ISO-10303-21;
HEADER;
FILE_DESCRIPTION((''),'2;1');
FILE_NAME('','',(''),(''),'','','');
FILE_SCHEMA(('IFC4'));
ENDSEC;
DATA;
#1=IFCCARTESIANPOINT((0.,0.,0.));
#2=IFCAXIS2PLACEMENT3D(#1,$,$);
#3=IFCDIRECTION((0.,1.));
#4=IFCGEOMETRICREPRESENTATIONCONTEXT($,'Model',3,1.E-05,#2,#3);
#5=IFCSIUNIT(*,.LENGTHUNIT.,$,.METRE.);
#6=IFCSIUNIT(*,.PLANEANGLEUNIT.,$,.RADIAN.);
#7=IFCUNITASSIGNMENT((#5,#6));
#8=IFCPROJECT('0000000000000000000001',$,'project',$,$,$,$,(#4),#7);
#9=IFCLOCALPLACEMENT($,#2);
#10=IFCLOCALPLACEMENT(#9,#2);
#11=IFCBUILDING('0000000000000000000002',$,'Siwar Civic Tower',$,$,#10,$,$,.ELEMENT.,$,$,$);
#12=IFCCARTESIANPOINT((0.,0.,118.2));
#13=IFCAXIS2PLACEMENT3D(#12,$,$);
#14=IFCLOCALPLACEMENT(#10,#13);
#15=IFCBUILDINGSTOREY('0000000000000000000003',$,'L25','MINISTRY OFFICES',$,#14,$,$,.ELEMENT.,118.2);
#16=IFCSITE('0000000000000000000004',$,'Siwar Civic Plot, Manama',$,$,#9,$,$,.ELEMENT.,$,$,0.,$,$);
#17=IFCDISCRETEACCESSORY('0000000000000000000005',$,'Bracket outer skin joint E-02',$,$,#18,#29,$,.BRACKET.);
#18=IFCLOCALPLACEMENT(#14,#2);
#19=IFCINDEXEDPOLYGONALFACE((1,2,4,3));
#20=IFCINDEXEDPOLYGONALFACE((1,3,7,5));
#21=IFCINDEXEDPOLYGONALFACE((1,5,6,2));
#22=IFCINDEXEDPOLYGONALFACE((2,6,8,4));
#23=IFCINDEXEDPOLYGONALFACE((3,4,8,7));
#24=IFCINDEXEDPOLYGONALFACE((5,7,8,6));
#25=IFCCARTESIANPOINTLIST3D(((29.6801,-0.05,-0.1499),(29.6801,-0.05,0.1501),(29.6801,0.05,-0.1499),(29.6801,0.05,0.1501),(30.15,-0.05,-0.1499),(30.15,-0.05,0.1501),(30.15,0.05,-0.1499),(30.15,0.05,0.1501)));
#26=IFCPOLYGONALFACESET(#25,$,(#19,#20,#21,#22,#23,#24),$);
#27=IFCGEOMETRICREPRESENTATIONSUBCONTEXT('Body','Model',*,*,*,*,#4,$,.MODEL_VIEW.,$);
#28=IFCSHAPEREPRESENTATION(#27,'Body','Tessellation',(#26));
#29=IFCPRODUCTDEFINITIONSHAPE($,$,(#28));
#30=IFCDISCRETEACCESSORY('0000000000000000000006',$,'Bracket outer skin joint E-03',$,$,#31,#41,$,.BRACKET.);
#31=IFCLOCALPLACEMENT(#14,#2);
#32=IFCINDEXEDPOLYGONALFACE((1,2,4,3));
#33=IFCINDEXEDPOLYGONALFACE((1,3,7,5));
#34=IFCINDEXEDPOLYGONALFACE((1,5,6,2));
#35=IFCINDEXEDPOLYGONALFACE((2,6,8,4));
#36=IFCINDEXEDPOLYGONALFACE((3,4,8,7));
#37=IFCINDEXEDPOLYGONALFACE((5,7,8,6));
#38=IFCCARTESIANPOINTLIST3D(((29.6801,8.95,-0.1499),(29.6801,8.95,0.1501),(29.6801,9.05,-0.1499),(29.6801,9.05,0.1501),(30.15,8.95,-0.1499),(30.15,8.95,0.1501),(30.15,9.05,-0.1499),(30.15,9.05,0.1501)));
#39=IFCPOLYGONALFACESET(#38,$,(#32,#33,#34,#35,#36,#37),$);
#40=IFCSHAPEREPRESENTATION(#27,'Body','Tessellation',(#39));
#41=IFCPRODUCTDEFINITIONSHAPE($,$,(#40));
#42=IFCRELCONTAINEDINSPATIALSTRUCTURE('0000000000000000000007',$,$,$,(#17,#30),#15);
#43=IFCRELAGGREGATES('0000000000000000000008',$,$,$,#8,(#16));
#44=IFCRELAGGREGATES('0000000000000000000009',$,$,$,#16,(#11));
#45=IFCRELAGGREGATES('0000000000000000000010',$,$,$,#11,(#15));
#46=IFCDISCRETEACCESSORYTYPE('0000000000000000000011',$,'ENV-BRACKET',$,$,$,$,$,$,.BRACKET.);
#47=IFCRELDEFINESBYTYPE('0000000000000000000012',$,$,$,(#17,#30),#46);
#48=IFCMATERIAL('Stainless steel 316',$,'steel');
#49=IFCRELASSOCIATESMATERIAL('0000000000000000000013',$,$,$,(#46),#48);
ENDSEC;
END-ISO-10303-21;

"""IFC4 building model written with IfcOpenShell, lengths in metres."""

from ifc_helpers import new_model, si_unit, direction, frame, origin, origin_2d, place, context, subcontext, project, spatial, rectangle, extrude, material, type_object, element, save


model = new_model("IFC4")

# Units and contexts
model_context = context("Model", 3, precision=1e-05, world=origin(), true_north=direction((0.0, 1.0)))
body_context = subcontext(model_context, "Body", "Model", "MODEL_VIEW")
ifc_project = project(units=[si_unit("LENGTHUNIT", "METRE"), si_unit("PLANEANGLEUNIT", "RADIAN")], contexts=[model_context])

# Site, building, storey
site_placement = place(None, origin())
site = spatial("IfcSite", under=ifc_project, at=site_placement, Name="Siwar Civic Plot, Manama", CompositionType="ELEMENT", RefElevation=0.0)
building_placement = place(site_placement, origin())
building = spatial("IfcBuilding", under=site, at=building_placement, Name="Siwar Civic Tower", CompositionType="ELEMENT")
storey_placement = place(building_placement, frame((0.0, 0.0, 118.2)))
storey = spatial("IfcBuildingStorey", under=building, at=storey_placement, Name="L25", Description="MINISTRY OFFICES", CompositionType="ELEMENT", Elevation=118.2)

# Discrete accessories
ifc_material_1 = material(Name="Stainless steel 316", Category="steel")
discrete_accessory_type = type_object("IfcDiscreteAccessoryType", Name="ENV-BRACKET", PredefinedType="BRACKET", material=ifc_material_1)
for number, where, z_axis, x_axis, name in (
    (1, (29.915, 0.0, -0.1499), (0.0, 0.0, 1.0), (1.0, 0.0, 0.0), "Bracket outer skin joint E-02"),
    (2, (29.915, 9.0, -0.1499), (0.0, 0.0, 1.0), (1.0, 0.0, 0.0), "Bracket outer skin joint E-03"),
):
    element("IfcDiscreteAccessory", number, at=place(storey_placement, frame(where, z_axis=z_axis, x_axis=x_axis)), inside=storey, type_object=discrete_accessory_type, Name=name, PredefinedType="BRACKET", context=body_context, shape_type="SweptSolid", body=[
        extrude(rectangle(XDim=0.47, YDim=0.1001, at=origin_2d()), origin(), (0.0, 0.0, 1.0), 0.3),
    ])

save(model, "model.ifc")
